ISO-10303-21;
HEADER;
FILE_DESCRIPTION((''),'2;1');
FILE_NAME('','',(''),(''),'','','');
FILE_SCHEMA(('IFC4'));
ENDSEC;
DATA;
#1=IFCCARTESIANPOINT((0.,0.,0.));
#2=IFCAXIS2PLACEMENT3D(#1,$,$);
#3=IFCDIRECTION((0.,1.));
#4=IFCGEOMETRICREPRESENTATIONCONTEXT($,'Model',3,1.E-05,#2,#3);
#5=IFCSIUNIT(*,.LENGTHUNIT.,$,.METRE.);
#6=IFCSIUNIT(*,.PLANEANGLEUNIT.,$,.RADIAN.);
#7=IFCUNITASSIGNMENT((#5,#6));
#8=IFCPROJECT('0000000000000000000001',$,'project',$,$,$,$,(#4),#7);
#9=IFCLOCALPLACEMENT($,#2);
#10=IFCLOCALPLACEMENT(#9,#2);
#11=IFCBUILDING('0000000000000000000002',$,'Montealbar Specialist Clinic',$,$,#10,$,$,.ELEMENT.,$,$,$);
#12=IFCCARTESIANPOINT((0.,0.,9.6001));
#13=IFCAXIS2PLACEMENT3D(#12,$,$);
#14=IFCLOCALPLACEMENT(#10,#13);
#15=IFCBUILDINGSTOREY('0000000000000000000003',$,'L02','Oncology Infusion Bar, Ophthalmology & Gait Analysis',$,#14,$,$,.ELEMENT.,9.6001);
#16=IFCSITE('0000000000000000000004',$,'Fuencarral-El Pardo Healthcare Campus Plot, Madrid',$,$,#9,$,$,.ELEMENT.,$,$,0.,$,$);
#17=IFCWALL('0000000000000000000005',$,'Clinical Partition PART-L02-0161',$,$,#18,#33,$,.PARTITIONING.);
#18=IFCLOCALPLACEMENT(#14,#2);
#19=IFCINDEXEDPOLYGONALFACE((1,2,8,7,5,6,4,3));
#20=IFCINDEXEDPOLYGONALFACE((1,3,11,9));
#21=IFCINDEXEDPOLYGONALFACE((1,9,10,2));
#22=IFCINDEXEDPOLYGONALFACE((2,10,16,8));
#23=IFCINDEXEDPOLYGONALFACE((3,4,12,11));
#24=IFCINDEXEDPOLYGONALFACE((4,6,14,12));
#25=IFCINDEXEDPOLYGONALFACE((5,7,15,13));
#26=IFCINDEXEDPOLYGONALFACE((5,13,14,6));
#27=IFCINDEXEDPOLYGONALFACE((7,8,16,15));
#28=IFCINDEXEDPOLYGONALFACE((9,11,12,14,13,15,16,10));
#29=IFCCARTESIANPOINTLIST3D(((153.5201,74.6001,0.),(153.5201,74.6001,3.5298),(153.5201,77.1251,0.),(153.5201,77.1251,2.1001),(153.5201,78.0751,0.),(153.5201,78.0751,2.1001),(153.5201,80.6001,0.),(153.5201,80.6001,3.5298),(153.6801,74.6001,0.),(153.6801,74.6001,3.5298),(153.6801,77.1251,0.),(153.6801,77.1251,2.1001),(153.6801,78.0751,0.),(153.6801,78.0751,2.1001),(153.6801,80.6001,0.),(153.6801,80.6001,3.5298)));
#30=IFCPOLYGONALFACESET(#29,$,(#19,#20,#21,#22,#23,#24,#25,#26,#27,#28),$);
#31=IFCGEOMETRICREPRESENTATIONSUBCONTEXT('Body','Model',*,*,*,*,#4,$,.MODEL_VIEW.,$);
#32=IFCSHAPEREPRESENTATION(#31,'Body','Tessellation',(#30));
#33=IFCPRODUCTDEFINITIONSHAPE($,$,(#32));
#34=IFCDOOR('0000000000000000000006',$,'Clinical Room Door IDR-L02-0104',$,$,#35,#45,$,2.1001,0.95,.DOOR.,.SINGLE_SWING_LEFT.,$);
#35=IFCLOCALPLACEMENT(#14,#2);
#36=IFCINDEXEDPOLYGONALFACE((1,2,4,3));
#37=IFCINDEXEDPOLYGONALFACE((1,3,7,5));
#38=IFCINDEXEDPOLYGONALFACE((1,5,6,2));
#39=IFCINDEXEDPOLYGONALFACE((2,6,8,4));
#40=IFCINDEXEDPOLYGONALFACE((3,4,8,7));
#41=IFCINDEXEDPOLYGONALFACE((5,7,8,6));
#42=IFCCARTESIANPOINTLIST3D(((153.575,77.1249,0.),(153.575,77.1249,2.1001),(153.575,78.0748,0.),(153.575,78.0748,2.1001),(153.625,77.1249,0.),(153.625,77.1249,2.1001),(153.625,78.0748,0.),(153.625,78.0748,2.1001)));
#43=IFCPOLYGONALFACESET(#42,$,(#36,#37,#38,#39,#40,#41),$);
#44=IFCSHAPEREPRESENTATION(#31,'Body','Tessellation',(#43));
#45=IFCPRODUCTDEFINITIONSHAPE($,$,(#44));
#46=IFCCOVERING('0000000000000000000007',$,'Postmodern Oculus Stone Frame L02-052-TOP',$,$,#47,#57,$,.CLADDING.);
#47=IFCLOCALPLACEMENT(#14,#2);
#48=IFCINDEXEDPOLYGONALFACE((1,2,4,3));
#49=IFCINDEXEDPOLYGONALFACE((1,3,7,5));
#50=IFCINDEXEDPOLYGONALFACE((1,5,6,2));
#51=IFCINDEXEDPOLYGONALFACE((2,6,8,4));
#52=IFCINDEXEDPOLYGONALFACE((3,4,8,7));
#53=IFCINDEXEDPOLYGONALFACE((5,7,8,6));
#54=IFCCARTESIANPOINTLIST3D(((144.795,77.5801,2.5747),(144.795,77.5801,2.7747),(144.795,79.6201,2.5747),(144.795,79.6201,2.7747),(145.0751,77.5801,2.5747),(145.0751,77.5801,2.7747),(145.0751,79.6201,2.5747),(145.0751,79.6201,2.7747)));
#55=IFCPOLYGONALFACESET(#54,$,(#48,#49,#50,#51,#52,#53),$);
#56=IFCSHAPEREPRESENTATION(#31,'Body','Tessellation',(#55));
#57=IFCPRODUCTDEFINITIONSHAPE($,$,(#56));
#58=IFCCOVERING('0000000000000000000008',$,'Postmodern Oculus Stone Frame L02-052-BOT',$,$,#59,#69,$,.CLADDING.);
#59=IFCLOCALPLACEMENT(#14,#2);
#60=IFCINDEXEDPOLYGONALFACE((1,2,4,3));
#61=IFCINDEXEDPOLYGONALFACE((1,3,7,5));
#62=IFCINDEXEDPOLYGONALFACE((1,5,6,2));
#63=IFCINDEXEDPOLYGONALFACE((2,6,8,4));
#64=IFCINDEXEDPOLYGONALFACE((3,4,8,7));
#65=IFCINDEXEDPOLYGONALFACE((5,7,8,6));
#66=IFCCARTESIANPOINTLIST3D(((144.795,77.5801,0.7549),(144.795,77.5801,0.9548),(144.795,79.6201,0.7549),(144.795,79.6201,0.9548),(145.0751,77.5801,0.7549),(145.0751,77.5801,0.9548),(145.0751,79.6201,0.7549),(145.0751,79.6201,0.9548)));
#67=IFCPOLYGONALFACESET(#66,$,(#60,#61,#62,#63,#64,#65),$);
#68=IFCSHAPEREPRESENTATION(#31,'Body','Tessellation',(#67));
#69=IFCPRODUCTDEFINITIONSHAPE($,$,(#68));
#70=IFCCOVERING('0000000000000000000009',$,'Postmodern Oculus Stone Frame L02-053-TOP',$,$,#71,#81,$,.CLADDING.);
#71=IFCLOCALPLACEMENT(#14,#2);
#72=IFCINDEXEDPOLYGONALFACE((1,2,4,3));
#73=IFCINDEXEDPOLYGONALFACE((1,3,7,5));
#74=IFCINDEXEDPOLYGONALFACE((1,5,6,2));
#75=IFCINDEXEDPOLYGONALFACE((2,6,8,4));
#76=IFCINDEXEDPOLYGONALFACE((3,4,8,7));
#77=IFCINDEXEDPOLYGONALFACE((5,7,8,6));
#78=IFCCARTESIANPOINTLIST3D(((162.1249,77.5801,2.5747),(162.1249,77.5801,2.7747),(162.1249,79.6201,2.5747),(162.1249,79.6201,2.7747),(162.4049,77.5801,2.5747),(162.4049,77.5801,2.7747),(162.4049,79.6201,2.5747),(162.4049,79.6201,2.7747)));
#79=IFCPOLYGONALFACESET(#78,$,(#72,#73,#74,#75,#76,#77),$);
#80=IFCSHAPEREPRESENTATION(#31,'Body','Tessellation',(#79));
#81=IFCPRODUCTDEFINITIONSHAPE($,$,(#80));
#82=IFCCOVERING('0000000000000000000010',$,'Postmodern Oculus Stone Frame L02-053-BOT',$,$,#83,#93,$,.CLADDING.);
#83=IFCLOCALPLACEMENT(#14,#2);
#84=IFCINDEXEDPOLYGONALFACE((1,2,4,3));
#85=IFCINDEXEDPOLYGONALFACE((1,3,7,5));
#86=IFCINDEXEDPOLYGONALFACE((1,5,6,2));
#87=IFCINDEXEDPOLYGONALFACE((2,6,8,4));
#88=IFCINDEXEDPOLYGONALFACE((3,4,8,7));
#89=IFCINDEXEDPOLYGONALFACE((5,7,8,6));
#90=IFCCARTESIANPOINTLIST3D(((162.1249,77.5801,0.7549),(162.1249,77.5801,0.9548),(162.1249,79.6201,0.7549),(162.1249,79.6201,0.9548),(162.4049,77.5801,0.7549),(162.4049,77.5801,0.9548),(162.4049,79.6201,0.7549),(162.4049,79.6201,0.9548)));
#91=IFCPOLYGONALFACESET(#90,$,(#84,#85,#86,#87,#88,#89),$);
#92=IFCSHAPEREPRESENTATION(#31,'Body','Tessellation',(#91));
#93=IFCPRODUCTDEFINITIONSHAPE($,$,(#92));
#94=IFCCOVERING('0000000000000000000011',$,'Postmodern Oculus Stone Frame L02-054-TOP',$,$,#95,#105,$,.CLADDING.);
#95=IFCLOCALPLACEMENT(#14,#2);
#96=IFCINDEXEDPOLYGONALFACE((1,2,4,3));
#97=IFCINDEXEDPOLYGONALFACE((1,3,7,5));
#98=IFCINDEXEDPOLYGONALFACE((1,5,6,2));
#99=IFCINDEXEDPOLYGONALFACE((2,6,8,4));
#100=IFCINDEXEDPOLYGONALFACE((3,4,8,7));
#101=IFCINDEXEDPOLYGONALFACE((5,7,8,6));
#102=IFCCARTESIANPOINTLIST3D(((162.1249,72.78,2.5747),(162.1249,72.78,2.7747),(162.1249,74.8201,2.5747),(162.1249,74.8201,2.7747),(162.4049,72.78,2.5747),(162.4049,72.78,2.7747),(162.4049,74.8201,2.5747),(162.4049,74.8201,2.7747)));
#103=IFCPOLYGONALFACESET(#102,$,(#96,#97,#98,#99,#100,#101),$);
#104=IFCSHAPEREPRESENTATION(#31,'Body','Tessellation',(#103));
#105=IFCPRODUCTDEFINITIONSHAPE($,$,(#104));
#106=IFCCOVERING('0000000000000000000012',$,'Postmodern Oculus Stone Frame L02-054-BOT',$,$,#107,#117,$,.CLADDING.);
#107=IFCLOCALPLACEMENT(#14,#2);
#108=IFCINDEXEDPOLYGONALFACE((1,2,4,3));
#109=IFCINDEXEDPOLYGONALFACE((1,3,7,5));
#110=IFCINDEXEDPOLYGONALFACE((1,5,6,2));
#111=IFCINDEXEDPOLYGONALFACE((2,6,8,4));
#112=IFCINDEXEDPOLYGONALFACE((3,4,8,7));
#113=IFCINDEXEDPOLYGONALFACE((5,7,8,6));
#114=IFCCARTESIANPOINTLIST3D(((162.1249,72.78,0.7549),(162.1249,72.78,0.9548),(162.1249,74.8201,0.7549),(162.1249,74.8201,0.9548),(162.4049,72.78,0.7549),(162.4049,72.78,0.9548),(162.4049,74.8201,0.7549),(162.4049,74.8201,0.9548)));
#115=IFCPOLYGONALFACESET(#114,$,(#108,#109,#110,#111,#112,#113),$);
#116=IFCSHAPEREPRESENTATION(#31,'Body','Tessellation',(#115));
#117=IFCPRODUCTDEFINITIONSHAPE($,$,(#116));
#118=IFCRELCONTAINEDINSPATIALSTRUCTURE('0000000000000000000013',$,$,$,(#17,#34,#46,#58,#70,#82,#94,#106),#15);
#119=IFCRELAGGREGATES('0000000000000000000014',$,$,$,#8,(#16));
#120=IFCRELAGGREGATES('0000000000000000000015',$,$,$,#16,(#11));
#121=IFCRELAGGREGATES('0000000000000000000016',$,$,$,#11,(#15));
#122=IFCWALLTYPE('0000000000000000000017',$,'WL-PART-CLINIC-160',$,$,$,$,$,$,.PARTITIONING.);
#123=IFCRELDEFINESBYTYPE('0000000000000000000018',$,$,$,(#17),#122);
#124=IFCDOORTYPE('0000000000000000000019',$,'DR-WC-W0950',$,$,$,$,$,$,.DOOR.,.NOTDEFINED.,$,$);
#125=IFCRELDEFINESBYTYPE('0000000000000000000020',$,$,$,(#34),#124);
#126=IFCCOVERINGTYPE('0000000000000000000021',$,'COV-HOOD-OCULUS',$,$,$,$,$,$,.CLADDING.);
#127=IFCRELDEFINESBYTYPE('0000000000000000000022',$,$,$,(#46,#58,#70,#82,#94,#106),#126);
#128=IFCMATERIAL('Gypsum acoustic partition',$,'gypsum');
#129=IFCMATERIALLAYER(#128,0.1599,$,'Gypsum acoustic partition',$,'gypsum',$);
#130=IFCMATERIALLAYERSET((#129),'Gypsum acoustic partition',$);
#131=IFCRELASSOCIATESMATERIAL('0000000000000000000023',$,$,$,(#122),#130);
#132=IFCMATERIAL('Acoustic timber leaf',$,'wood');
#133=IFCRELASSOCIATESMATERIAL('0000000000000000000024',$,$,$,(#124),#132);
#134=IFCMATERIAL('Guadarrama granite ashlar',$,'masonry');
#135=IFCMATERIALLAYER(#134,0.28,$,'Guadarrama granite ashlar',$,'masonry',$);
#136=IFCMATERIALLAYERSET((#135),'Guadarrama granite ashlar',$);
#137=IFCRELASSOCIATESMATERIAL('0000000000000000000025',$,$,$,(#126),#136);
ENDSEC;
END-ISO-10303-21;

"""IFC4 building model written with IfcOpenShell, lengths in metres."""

from ifc_helpers import new_model, si_unit, direction, frame, frame_2d, origin, origin_2d, place, context, subcontext, project, spatial, rectangle, extrude, material, layer, layer_set, type_object, element, fill, save


model = new_model("IFC4")

# Units and contexts
model_context = context("Model", 3, precision=1e-05, world=origin(), true_north=direction((0.0, 1.0)))
body_context = subcontext(model_context, "Body", "Model", "MODEL_VIEW")
ifc_project = project(units=[si_unit("LENGTHUNIT", "METRE"), si_unit("PLANEANGLEUNIT", "RADIAN")], contexts=[model_context])

# Site, building, storey
site_placement = place(None, origin())
site = spatial("IfcSite", under=ifc_project, at=site_placement, Name="Fuencarral-El Pardo Healthcare Campus Plot, Madrid", CompositionType="ELEMENT", RefElevation=0.0)
building_placement = place(site_placement, origin())
building = spatial("IfcBuilding", under=site, at=building_placement, Name="Montealbar Specialist Clinic", CompositionType="ELEMENT")
storey_placement = place(building_placement, frame((0.0, 0.0, 9.6001)))
storey = spatial("IfcBuildingStorey", under=building, at=storey_placement, Name="L02", Description="Oncology Infusion Bar, Ophthalmology & Gait Analysis", CompositionType="ELEMENT", Elevation=9.6001)

# Shared definitions
ifc_material_1 = material(Name="Gypsum acoustic partition", Category="gypsum")

# Wall, opening, door
ifc_layer_1 = layer(ifc_material_1, 0.1599, Name="Gypsum acoustic partition", Category="gypsum")
ifc_layer_set_1 = layer_set([ifc_layer_1], Name="Gypsum acoustic partition")
wall_type_1 = type_object("IfcWallType", Name="WL-PART-CLINIC-160", PredefinedType="PARTITIONING", material=ifc_layer_set_1)
wall_1_placement = place(storey_placement, frame((153.6001, 74.6001, 0.0), z_axis=(0.0, 0.0, 1.0), x_axis=(0.0, 1.0, 0.0)))
wall_1 = element("IfcWall", 1, at=wall_1_placement, inside=storey, type_object=wall_type_1, Name="Clinical Partition PART-L02-0161", PredefinedType="PARTITIONING", context=body_context, shape_type="SweptSolid", body=[
    extrude(rectangle(XDim=6.0, YDim=0.1599, at=frame_2d((3.0, 0.0))), origin(), (0.0, 0.0, 1.0), 3.5298),
])
opening_placement = place(wall_1_placement, frame((2.5249, 0.0, 0.0)))
opening = element("IfcOpeningElement", 2, at=opening_placement, cuts=wall_1, PredefinedType="OPENING", context=body_context, shape_type="SweptSolid", body=[
    extrude(rectangle(XDim=0.95, YDim=2.1001, at=frame_2d((0.4751, 1.05))), frame((0.0, 0.0898, 0.0), z_axis=(0.0, -1.0, 0.0), x_axis=(1.0, 0.0, 0.0)), (0.0, 0.0, 1.0), 0.1799),
])
ifc_material_2 = material(Name="Acoustic timber leaf", Category="wood")
door_type = type_object("IfcDoorType", Name="DR-WC-W0950", OperationType="NOTDEFINED", PredefinedType="DOOR", material=ifc_material_2)
door_placement = place(opening_placement, frame((0.95, 0.0, 0.0), z_axis=(0.0, 0.0, 1.0), x_axis=(-1.0, 0.0, 0.0)))
door = element("IfcDoor", 3, at=door_placement, inside=storey, type_object=door_type, Name="Clinical Room Door IDR-L02-0104", OperationType="SINGLE_SWING_LEFT", OverallHeight=2.1001, OverallWidth=0.95, PredefinedType="DOOR", context=body_context, shape_type="SweptSolid", body=[
    extrude(rectangle(XDim=0.95, YDim=2.1001, at=frame_2d((0.4751, 1.05))), frame((0.0, 0.0249, 0.0), z_axis=(0.0, -1.0, 0.0), x_axis=(1.0, 0.0, 0.0)), (0.0, 0.0, 1.0), 0.05),
])
fill(opening, door)

# Coverings
ifc_material_3 = material(Name="Guadarrama granite ashlar", Category="masonry")
ifc_layer_2 = layer(ifc_material_3, 0.28, Name="Guadarrama granite ashlar", Category="masonry")
ifc_layer_set_2 = layer_set([ifc_layer_2], Name="Guadarrama granite ashlar")
covering_type = type_object("IfcCoveringType", Name="COV-HOOD-OCULUS", PredefinedType="CLADDING", material=ifc_layer_set_2)
for number, where, z_axis, x_axis, name in (
    (4, (144.9351, 78.6001, 2.5747), (0.0, 0.0, 1.0), (0.0, 1.0, 0.0), "Postmodern Oculus Stone Frame L02-052-TOP"),
    (5, (144.9351, 78.6001, 0.7549), (0.0, 0.0, 1.0), (0.0, 1.0, 0.0), "Postmodern Oculus Stone Frame L02-052-BOT"),
    (6, (162.2649, 78.6001, 2.5747), (0.0, 0.0, 1.0), (0.0, -1.0, 0.0), "Postmodern Oculus Stone Frame L02-053-TOP"),
    (7, (162.2649, 78.6001, 0.7549), (0.0, 0.0, 1.0), (0.0, -1.0, 0.0), "Postmodern Oculus Stone Frame L02-053-BOT"),
    (8, (162.2649, 73.8, 2.5747), (0.0, 0.0, 1.0), (0.0, -1.0, 0.0), "Postmodern Oculus Stone Frame L02-054-TOP"),
    (9, (162.2649, 73.8, 0.7549), (0.0, 0.0, 1.0), (0.0, -1.0, 0.0), "Postmodern Oculus Stone Frame L02-054-BOT"),
):
    element("IfcCovering", number, at=place(storey_placement, frame(where, z_axis=z_axis, x_axis=x_axis)), inside=storey, type_object=covering_type, Name=name, PredefinedType="CLADDING", context=body_context, shape_type="SweptSolid", body=[
        extrude(rectangle(XDim=2.04, YDim=0.28, at=origin_2d()), origin(), (0.0, 0.0, 1.0), 0.2),
    ])

save(model, "model.ifc")
